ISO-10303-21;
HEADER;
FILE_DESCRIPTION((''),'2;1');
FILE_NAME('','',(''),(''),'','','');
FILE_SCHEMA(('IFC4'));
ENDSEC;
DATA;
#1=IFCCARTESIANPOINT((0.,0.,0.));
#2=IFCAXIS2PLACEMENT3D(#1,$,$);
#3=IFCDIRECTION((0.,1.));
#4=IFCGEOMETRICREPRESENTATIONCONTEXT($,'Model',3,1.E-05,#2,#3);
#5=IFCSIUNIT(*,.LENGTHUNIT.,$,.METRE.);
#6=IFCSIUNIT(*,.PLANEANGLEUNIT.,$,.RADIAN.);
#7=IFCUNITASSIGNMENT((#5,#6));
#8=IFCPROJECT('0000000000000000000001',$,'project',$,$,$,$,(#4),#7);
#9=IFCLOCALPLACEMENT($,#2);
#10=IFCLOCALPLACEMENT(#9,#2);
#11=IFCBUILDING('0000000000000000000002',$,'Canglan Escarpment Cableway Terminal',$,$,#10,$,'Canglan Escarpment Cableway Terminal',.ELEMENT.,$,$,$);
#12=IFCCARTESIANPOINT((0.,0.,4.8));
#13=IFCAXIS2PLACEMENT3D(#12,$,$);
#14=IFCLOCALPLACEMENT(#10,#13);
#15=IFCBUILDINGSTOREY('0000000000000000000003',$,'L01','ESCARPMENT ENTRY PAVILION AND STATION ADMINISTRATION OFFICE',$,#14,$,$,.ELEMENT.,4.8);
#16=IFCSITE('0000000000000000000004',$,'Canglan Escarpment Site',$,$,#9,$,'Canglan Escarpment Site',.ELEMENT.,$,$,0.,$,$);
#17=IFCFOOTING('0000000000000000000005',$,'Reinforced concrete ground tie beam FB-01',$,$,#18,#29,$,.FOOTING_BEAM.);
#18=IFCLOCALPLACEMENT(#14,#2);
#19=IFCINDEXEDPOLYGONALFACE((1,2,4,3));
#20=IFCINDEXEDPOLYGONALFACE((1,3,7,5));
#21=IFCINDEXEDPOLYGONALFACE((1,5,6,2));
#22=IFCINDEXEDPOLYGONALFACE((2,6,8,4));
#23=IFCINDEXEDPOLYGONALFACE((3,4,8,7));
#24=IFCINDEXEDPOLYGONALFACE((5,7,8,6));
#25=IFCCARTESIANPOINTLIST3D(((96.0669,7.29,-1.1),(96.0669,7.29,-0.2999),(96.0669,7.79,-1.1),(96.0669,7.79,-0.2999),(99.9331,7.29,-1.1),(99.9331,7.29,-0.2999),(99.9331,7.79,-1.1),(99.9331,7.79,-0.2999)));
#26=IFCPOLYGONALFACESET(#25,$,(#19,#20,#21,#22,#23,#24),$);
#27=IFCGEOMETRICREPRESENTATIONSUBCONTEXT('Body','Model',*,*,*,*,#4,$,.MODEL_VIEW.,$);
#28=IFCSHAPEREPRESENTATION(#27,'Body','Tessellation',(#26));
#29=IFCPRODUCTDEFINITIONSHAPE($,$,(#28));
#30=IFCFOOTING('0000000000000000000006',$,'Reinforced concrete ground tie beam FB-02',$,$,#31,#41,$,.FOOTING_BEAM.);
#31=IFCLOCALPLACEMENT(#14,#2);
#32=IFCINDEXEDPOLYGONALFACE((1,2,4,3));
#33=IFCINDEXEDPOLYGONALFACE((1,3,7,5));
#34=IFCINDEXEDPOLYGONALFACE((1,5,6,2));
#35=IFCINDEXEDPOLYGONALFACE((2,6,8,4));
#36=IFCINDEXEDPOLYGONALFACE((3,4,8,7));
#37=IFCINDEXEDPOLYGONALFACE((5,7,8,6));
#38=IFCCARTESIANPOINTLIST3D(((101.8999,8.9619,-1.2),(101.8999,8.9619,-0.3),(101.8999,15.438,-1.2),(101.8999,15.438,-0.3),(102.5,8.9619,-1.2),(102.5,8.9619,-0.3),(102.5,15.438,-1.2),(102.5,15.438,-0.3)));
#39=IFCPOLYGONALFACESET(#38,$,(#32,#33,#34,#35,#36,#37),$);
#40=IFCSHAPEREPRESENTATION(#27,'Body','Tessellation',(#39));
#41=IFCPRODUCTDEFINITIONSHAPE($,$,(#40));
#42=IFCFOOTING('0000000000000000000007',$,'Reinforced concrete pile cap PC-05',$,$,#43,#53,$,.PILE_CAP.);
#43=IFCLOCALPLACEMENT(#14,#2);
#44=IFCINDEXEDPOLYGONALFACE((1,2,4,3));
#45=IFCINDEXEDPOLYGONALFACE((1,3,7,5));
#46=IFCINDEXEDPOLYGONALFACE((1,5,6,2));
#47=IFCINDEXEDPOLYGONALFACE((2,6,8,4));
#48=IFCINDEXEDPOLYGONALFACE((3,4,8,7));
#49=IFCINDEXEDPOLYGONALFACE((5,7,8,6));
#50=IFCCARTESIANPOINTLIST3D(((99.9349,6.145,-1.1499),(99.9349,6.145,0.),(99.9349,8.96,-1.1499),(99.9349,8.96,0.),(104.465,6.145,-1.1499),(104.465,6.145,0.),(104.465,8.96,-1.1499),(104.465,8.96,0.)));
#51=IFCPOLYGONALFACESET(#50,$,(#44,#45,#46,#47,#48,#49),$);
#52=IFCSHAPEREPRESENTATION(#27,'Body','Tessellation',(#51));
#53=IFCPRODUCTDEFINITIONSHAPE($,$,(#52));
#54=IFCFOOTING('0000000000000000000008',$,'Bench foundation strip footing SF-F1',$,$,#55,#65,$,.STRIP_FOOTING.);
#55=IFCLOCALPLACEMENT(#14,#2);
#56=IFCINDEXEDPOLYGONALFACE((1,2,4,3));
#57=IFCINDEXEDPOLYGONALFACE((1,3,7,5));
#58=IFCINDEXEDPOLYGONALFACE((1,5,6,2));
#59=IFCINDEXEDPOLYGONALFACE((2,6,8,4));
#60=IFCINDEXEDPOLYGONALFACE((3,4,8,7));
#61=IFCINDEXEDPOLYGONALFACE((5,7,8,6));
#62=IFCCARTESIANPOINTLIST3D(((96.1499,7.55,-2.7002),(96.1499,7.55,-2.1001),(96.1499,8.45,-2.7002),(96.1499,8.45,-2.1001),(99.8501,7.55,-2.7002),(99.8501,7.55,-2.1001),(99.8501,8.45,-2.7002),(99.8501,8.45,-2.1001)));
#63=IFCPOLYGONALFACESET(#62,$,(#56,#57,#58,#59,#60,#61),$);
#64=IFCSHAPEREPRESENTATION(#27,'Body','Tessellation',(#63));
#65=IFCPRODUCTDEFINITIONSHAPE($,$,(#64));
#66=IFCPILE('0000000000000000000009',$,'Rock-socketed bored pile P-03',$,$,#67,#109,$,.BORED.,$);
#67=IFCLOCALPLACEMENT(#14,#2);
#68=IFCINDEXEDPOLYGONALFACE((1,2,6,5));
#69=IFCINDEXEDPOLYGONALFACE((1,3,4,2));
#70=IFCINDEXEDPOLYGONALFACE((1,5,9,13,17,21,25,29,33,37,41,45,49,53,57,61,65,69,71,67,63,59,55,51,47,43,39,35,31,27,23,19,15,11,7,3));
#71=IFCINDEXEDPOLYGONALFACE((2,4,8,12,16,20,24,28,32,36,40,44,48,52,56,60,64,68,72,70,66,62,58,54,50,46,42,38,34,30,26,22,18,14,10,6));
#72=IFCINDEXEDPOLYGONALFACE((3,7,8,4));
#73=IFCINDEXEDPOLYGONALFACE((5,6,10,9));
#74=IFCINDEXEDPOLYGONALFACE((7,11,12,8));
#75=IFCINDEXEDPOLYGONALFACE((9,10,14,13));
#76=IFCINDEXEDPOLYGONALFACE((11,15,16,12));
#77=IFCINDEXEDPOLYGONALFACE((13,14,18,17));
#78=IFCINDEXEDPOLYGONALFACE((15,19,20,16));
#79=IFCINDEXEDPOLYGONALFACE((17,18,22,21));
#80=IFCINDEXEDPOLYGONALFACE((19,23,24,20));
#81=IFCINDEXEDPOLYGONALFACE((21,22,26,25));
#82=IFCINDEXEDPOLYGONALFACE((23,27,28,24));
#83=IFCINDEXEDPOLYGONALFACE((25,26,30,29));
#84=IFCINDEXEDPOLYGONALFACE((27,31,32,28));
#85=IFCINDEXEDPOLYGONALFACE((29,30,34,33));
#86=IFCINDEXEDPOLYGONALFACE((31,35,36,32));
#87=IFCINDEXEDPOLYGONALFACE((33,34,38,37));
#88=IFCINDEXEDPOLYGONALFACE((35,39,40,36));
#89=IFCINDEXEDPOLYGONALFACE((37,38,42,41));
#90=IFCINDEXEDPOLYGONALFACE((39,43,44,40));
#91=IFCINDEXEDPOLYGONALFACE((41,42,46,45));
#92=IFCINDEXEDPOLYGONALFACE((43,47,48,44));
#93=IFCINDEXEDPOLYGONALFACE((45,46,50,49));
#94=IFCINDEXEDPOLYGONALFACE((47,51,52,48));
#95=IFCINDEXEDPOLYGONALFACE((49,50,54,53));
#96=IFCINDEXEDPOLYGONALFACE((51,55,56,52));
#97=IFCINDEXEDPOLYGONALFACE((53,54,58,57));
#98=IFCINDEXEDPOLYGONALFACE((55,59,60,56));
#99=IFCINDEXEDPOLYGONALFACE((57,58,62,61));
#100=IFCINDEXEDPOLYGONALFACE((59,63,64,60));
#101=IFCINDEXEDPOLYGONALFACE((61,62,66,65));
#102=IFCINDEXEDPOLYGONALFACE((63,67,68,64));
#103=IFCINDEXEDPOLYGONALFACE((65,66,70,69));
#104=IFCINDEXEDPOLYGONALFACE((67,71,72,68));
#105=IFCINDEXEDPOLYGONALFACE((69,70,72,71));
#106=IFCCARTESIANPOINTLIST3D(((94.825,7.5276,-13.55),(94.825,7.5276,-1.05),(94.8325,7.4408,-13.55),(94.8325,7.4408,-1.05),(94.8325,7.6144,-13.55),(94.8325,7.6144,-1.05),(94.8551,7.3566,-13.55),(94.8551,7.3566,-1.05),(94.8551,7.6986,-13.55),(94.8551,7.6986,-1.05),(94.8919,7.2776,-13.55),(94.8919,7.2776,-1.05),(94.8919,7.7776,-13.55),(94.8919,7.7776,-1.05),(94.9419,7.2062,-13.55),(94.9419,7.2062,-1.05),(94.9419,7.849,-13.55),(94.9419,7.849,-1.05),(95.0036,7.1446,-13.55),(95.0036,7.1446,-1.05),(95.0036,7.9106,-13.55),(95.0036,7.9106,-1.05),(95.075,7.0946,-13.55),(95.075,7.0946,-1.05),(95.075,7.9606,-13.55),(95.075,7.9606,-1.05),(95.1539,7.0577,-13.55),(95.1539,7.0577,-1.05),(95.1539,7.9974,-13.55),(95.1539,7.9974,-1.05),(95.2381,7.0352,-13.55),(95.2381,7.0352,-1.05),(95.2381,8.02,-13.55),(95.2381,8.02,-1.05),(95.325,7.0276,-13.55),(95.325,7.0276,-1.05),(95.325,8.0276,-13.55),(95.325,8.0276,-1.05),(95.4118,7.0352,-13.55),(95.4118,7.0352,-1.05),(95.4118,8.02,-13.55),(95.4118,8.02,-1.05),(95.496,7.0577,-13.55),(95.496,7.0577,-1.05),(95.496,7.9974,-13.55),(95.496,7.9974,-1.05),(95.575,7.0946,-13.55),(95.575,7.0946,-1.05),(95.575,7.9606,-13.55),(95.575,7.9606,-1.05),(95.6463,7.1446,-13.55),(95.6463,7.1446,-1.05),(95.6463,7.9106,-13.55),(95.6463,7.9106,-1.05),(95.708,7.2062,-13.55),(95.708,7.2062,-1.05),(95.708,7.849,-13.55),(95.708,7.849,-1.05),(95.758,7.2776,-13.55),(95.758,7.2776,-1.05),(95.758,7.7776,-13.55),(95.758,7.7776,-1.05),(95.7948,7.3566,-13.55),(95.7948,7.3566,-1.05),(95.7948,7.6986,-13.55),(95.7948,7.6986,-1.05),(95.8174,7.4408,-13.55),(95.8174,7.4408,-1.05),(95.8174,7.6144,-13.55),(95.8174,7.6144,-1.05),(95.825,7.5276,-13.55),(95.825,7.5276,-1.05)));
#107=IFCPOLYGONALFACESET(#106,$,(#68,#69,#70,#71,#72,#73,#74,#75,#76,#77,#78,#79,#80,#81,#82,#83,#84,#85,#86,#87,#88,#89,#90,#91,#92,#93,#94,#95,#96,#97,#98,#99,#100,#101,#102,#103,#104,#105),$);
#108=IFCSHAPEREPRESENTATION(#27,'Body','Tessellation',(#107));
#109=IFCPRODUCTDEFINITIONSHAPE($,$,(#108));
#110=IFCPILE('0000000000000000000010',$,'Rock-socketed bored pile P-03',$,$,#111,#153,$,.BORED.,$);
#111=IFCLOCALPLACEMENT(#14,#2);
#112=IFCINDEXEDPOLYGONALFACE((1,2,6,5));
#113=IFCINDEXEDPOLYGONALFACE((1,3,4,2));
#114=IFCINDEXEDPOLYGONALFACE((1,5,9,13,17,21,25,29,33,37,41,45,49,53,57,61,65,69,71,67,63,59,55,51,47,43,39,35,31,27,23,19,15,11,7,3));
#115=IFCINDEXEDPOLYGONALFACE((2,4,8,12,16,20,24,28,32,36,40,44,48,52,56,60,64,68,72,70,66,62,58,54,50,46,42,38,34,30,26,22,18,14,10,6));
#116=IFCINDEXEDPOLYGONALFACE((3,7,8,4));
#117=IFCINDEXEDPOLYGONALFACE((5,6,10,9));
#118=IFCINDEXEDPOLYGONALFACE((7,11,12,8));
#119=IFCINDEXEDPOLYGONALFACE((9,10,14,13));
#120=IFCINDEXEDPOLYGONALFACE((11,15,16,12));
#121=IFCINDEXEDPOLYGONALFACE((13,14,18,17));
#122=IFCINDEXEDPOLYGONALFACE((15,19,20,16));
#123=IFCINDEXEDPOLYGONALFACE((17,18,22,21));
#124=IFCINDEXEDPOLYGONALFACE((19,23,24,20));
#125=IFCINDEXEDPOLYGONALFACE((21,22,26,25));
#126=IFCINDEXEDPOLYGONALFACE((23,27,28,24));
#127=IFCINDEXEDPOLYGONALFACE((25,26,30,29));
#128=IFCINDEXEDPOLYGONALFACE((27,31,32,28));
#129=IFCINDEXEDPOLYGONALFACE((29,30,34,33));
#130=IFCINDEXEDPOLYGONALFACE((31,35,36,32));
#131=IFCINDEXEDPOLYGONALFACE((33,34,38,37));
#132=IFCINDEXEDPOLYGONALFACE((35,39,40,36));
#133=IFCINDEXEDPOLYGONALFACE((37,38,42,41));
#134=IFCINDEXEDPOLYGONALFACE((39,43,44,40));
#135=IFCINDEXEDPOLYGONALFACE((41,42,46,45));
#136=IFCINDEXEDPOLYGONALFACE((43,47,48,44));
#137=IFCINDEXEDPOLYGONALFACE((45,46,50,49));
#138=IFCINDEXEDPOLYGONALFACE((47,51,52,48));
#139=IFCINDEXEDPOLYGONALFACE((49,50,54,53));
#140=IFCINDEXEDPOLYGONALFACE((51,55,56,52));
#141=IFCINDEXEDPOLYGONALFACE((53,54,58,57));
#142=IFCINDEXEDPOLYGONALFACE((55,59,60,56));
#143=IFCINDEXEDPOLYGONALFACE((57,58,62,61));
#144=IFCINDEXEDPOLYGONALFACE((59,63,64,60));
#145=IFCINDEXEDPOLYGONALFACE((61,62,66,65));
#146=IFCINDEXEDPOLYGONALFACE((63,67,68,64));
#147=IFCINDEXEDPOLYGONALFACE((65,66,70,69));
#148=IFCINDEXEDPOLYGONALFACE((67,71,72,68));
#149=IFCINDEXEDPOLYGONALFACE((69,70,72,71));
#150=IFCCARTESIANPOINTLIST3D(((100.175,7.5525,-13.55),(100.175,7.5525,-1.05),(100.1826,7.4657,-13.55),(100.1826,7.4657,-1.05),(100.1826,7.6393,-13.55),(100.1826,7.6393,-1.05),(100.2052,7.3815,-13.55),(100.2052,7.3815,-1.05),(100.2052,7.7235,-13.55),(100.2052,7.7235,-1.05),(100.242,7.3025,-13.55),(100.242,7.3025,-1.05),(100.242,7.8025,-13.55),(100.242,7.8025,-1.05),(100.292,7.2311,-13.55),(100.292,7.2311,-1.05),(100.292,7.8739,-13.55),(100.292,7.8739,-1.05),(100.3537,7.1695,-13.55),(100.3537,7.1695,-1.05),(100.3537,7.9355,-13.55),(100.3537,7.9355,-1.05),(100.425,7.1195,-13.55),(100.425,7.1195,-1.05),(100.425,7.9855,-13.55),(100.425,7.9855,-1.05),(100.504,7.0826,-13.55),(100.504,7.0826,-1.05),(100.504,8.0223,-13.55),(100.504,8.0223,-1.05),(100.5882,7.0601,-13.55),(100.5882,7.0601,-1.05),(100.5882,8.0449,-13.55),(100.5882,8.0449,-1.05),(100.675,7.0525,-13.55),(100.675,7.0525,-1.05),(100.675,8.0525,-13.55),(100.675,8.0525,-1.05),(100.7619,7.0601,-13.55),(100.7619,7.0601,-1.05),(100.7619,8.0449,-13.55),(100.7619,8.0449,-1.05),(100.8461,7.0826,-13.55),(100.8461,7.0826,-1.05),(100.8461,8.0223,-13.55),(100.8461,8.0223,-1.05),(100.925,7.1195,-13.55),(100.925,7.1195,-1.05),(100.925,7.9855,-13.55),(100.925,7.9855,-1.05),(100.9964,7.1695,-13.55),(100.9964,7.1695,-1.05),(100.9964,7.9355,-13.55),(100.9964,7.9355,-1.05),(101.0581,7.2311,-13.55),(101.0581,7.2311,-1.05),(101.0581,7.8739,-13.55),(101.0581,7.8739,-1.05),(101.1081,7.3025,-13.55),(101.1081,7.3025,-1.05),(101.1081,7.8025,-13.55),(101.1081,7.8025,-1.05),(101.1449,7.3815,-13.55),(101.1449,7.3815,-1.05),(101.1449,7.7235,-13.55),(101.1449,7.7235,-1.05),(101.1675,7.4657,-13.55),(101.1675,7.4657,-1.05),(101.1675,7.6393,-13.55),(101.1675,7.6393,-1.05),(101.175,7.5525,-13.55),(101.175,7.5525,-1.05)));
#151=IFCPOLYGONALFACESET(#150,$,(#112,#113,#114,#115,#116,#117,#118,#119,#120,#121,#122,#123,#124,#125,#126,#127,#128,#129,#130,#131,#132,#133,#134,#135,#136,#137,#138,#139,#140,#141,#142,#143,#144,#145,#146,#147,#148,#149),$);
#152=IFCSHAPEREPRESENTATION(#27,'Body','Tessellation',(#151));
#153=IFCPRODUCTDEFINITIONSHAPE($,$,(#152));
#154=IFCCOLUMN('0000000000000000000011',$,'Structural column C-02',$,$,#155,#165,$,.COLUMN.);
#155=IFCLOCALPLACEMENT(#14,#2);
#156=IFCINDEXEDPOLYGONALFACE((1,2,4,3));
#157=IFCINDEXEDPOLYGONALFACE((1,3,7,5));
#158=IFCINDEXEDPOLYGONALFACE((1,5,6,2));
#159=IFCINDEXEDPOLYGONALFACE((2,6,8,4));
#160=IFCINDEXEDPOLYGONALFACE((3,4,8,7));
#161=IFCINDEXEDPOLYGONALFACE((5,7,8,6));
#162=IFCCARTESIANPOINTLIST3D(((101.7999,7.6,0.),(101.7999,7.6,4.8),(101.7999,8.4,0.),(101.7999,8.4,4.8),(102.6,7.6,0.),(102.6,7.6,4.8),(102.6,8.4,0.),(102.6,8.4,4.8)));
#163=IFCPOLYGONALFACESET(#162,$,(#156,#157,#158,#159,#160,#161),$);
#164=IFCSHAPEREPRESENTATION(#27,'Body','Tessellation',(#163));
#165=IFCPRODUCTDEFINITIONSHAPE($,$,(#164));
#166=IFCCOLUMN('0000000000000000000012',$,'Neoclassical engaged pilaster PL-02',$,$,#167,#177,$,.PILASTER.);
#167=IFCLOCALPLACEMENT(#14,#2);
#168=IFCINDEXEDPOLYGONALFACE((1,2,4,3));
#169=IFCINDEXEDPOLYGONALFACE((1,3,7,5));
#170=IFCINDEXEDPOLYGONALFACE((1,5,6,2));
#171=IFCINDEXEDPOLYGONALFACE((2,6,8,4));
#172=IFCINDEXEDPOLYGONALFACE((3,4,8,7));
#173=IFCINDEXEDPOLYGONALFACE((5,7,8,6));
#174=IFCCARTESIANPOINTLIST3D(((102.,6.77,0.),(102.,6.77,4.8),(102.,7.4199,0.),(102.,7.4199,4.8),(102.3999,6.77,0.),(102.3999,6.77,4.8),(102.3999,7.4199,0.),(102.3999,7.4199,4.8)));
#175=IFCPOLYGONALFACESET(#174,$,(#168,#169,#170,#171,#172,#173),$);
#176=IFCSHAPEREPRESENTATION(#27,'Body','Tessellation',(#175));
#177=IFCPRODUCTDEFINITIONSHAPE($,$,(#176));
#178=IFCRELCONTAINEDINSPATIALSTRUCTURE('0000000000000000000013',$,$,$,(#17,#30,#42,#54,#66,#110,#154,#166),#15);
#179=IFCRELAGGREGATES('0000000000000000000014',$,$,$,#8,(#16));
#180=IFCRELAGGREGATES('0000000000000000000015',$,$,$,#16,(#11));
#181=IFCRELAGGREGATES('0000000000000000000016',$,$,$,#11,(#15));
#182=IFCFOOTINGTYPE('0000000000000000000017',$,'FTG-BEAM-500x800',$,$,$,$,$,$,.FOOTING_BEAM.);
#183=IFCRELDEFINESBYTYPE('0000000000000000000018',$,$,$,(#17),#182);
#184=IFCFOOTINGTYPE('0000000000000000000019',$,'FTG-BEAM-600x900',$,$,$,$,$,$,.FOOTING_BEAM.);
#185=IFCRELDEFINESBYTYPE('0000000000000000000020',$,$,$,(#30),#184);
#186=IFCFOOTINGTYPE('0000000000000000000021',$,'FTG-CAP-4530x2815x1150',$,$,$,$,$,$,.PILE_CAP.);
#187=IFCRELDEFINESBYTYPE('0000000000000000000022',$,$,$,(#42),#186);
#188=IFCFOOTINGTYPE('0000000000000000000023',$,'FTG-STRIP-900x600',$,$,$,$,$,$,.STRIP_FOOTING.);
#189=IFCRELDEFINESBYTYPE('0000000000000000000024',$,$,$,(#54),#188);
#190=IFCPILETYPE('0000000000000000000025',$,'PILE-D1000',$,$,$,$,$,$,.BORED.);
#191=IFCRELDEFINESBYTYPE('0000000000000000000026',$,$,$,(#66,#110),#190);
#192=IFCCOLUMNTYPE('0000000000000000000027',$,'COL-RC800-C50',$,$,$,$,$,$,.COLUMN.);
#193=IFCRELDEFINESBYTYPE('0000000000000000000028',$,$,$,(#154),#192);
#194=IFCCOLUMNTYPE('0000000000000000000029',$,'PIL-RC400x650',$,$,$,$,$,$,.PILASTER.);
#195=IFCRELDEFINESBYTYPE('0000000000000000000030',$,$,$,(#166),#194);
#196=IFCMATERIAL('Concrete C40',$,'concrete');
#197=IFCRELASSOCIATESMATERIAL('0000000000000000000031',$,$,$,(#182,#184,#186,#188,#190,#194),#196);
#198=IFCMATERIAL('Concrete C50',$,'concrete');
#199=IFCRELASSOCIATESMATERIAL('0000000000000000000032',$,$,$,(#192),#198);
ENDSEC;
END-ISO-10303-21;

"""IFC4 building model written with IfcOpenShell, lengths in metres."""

from ifc_helpers import new_model, si_unit, direction, frame, origin, origin_2d, place, context, subcontext, project, spatial, rectangle, circle, extrude, material, material_profile, profile_set, type_object, element, save


model = new_model("IFC4")

# Units and contexts
model_context = context("Model", 3, precision=1e-05, world=origin(), true_north=direction((0.0, 1.0)))
body_context = subcontext(model_context, "Body", "Model", "MODEL_VIEW")
ifc_project = project(units=[si_unit("LENGTHUNIT", "METRE"), si_unit("PLANEANGLEUNIT", "RADIAN")], contexts=[model_context])

# Site, building, storey
site_placement = place(None, origin())
site = spatial("IfcSite", under=ifc_project, at=site_placement, Name="Canglan Escarpment Site", LongName="Canglan Escarpment Site", CompositionType="ELEMENT", RefElevation=0.0)
building_placement = place(site_placement, origin())
building = spatial("IfcBuilding", under=site, at=building_placement, Name="Canglan Escarpment Cableway Terminal", LongName="Canglan Escarpment Cableway Terminal", CompositionType="ELEMENT")
storey_placement = place(building_placement, frame((0.0, 0.0, 4.8)))
storey = spatial("IfcBuildingStorey", under=building, at=storey_placement, Name="L01", Description="ESCARPMENT ENTRY PAVILION AND STATION ADMINISTRATION OFFICE", CompositionType="ELEMENT", Elevation=4.8)

# Footings
ifc_material_1 = material(Name="Concrete C40", Category="concrete")
ifc_material_profile_1 = material_profile(ifc_material_1, rectangle(XDim=0.5, YDim=0.8, at=origin_2d()), Name="FB 500x800")
ifc_profile_set_1 = profile_set([ifc_material_profile_1], Name="Concrete C40")
footing_type_1 = type_object("IfcFootingType", Name="FTG-BEAM-500x800", PredefinedType="FOOTING_BEAM", material=ifc_profile_set_1)
footing_1_placement = place(storey_placement, frame((96.0669, 7.54, -0.7), z_axis=(1.0, 0.0, 0.0), x_axis=(0.0, 1.0, 0.0)))
element("IfcFooting", 1, at=footing_1_placement, inside=storey, type_object=footing_type_1, Name="Reinforced concrete ground tie beam FB-01", PredefinedType="FOOTING_BEAM", context=body_context, shape_type="SweptSolid", body=[
    extrude(rectangle(XDim=0.5, YDim=0.8, at=origin_2d()), origin(), (0.0, 0.0, 1.0), 3.8662),
])
ifc_material_profile_2 = material_profile(ifc_material_1, rectangle(XDim=0.6001, YDim=0.8999, at=origin_2d()), Name="FB 600x900")
ifc_profile_set_2 = profile_set([ifc_material_profile_2], Name="Concrete C40")
footing_type_2 = type_object("IfcFootingType", Name="FTG-BEAM-600x900", PredefinedType="FOOTING_BEAM", material=ifc_profile_set_2)
footing_2_placement = place(storey_placement, frame((102.2, 8.9619, -0.75), z_axis=(0.0, 1.0, 0.0), x_axis=(-1.0, 0.0, 0.0)))
element("IfcFooting", 2, at=footing_2_placement, inside=storey, type_object=footing_type_2, Name="Reinforced concrete ground tie beam FB-02", PredefinedType="FOOTING_BEAM", context=body_context, shape_type="SweptSolid", body=[
    extrude(rectangle(XDim=0.6001, YDim=0.8999, at=origin_2d()), origin(), (0.0, 0.0, 1.0), 6.4761),
])
footing_type_3 = type_object("IfcFootingType", Name="FTG-CAP-4530x2815x1150", PredefinedType="PILE_CAP", material=ifc_material_1)
footing_3_placement = place(storey_placement, frame((102.2, 7.5525, -1.1499), z_axis=(0.0, 0.0, 1.0), x_axis=(1.0, 0.0, 0.0)))
element("IfcFooting", 3, at=footing_3_placement, inside=storey, type_object=footing_type_3, Name="Reinforced concrete pile cap PC-05", PredefinedType="PILE_CAP", context=body_context, shape_type="SweptSolid", body=[
    extrude(rectangle(XDim=4.53, YDim=2.8149, at=origin_2d()), origin(), (0.0, 0.0, 1.0), 1.1499),
])
ifc_material_profile_3 = material_profile(ifc_material_1, rectangle(XDim=0.8999, YDim=0.6001, at=origin_2d()), Name="SF 900x600")
ifc_profile_set_3 = profile_set([ifc_material_profile_3], Name="Concrete C40")
footing_type_4 = type_object("IfcFootingType", Name="FTG-STRIP-900x600", PredefinedType="STRIP_FOOTING", material=ifc_profile_set_3)
footing_4_placement = place(storey_placement, frame((96.1499, 8.0, -2.4001), z_axis=(1.0, 0.0, 0.0), x_axis=(0.0, 1.0, 0.0)))
element("IfcFooting", 4, at=footing_4_placement, inside=storey, type_object=footing_type_4, Name="Bench foundation strip footing SF-F1", PredefinedType="STRIP_FOOTING", context=body_context, shape_type="SweptSolid", body=[
    extrude(rectangle(XDim=0.8999, YDim=0.6001, at=origin_2d()), origin(), (0.0, 0.0, 1.0), 3.7002),
])

# Piles
ifc_material_profile_4 = material_profile(ifc_material_1, circle(Radius=0.5, at=origin_2d()), Name="BORED PILE D1000")
ifc_profile_set_4 = profile_set([ifc_material_profile_4], Name="Concrete C40")
pile_type = type_object("IfcPileType", Name="PILE-D1000", PredefinedType="BORED", material=ifc_profile_set_4)
for number, where, z_axis, x_axis, name in (
    (5, (95.325, 7.5276, -1.05), (0.0, 0.0, -1.0), (1.0, 0.0, 0.0), "Rock-socketed bored pile P-03"),
    (6, (100.675, 7.5525, -1.05), (0.0, 0.0, -1.0), (1.0, 0.0, 0.0), "Rock-socketed bored pile P-03"),
):
    element("IfcPile", number, at=place(storey_placement, frame(where, z_axis=z_axis, x_axis=x_axis)), inside=storey, type_object=pile_type, Name=name, PredefinedType="BORED", context=body_context, shape_type="SweptSolid", body=[
        extrude(circle(Radius=0.5, at=origin_2d()), origin(), (0.0, 0.0, 1.0), 12.5),
    ])

# Columns
ifc_material_2 = material(Name="Concrete C50", Category="concrete")
ifc_material_profile_5 = material_profile(ifc_material_2, rectangle(XDim=0.8, YDim=0.8, at=origin_2d()), Name="RC 800x800")
ifc_profile_set_5 = profile_set([ifc_material_profile_5], Name="Concrete C50")
column_type_1 = type_object("IfcColumnType", Name="COL-RC800-C50", PredefinedType="COLUMN", material=ifc_profile_set_5)
column_1_placement = place(storey_placement, frame((102.2, 8.0, 0.0), z_axis=(0.0, 0.0, 1.0), x_axis=(1.0, 0.0, 0.0)))
element("IfcColumn", 7, at=column_1_placement, inside=storey, type_object=column_type_1, Name="Structural column C-02", PredefinedType="COLUMN", context=body_context, shape_type="SweptSolid", body=[
    extrude(rectangle(XDim=0.8, YDim=0.8, at=origin_2d()), origin(), (0.0, 0.0, 1.0), 4.8),
])
ifc_material_profile_6 = material_profile(ifc_material_1, rectangle(XDim=0.3999, YDim=0.6499, at=origin_2d()), Name="RC-PIL 400x650")
ifc_profile_set_6 = profile_set([ifc_material_profile_6], Name="Concrete C40")
column_type_2 = type_object("IfcColumnType", Name="PIL-RC400x650", PredefinedType="PILASTER", material=ifc_profile_set_6)
column_2_placement = place(storey_placement, frame((102.2, 7.095, 0.0), z_axis=(0.0, 0.0, 1.0), x_axis=(1.0, 0.0, 0.0)))
element("IfcColumn", 8, at=column_2_placement, inside=storey, type_object=column_type_2, Name="Neoclassical engaged pilaster PL-02", PredefinedType="PILASTER", context=body_context, shape_type="SweptSolid", body=[
    extrude(rectangle(XDim=0.3999, YDim=0.6499, at=origin_2d()), origin(), (0.0, 0.0, 1.0), 4.8),
])

save(model, "model.ifc")
